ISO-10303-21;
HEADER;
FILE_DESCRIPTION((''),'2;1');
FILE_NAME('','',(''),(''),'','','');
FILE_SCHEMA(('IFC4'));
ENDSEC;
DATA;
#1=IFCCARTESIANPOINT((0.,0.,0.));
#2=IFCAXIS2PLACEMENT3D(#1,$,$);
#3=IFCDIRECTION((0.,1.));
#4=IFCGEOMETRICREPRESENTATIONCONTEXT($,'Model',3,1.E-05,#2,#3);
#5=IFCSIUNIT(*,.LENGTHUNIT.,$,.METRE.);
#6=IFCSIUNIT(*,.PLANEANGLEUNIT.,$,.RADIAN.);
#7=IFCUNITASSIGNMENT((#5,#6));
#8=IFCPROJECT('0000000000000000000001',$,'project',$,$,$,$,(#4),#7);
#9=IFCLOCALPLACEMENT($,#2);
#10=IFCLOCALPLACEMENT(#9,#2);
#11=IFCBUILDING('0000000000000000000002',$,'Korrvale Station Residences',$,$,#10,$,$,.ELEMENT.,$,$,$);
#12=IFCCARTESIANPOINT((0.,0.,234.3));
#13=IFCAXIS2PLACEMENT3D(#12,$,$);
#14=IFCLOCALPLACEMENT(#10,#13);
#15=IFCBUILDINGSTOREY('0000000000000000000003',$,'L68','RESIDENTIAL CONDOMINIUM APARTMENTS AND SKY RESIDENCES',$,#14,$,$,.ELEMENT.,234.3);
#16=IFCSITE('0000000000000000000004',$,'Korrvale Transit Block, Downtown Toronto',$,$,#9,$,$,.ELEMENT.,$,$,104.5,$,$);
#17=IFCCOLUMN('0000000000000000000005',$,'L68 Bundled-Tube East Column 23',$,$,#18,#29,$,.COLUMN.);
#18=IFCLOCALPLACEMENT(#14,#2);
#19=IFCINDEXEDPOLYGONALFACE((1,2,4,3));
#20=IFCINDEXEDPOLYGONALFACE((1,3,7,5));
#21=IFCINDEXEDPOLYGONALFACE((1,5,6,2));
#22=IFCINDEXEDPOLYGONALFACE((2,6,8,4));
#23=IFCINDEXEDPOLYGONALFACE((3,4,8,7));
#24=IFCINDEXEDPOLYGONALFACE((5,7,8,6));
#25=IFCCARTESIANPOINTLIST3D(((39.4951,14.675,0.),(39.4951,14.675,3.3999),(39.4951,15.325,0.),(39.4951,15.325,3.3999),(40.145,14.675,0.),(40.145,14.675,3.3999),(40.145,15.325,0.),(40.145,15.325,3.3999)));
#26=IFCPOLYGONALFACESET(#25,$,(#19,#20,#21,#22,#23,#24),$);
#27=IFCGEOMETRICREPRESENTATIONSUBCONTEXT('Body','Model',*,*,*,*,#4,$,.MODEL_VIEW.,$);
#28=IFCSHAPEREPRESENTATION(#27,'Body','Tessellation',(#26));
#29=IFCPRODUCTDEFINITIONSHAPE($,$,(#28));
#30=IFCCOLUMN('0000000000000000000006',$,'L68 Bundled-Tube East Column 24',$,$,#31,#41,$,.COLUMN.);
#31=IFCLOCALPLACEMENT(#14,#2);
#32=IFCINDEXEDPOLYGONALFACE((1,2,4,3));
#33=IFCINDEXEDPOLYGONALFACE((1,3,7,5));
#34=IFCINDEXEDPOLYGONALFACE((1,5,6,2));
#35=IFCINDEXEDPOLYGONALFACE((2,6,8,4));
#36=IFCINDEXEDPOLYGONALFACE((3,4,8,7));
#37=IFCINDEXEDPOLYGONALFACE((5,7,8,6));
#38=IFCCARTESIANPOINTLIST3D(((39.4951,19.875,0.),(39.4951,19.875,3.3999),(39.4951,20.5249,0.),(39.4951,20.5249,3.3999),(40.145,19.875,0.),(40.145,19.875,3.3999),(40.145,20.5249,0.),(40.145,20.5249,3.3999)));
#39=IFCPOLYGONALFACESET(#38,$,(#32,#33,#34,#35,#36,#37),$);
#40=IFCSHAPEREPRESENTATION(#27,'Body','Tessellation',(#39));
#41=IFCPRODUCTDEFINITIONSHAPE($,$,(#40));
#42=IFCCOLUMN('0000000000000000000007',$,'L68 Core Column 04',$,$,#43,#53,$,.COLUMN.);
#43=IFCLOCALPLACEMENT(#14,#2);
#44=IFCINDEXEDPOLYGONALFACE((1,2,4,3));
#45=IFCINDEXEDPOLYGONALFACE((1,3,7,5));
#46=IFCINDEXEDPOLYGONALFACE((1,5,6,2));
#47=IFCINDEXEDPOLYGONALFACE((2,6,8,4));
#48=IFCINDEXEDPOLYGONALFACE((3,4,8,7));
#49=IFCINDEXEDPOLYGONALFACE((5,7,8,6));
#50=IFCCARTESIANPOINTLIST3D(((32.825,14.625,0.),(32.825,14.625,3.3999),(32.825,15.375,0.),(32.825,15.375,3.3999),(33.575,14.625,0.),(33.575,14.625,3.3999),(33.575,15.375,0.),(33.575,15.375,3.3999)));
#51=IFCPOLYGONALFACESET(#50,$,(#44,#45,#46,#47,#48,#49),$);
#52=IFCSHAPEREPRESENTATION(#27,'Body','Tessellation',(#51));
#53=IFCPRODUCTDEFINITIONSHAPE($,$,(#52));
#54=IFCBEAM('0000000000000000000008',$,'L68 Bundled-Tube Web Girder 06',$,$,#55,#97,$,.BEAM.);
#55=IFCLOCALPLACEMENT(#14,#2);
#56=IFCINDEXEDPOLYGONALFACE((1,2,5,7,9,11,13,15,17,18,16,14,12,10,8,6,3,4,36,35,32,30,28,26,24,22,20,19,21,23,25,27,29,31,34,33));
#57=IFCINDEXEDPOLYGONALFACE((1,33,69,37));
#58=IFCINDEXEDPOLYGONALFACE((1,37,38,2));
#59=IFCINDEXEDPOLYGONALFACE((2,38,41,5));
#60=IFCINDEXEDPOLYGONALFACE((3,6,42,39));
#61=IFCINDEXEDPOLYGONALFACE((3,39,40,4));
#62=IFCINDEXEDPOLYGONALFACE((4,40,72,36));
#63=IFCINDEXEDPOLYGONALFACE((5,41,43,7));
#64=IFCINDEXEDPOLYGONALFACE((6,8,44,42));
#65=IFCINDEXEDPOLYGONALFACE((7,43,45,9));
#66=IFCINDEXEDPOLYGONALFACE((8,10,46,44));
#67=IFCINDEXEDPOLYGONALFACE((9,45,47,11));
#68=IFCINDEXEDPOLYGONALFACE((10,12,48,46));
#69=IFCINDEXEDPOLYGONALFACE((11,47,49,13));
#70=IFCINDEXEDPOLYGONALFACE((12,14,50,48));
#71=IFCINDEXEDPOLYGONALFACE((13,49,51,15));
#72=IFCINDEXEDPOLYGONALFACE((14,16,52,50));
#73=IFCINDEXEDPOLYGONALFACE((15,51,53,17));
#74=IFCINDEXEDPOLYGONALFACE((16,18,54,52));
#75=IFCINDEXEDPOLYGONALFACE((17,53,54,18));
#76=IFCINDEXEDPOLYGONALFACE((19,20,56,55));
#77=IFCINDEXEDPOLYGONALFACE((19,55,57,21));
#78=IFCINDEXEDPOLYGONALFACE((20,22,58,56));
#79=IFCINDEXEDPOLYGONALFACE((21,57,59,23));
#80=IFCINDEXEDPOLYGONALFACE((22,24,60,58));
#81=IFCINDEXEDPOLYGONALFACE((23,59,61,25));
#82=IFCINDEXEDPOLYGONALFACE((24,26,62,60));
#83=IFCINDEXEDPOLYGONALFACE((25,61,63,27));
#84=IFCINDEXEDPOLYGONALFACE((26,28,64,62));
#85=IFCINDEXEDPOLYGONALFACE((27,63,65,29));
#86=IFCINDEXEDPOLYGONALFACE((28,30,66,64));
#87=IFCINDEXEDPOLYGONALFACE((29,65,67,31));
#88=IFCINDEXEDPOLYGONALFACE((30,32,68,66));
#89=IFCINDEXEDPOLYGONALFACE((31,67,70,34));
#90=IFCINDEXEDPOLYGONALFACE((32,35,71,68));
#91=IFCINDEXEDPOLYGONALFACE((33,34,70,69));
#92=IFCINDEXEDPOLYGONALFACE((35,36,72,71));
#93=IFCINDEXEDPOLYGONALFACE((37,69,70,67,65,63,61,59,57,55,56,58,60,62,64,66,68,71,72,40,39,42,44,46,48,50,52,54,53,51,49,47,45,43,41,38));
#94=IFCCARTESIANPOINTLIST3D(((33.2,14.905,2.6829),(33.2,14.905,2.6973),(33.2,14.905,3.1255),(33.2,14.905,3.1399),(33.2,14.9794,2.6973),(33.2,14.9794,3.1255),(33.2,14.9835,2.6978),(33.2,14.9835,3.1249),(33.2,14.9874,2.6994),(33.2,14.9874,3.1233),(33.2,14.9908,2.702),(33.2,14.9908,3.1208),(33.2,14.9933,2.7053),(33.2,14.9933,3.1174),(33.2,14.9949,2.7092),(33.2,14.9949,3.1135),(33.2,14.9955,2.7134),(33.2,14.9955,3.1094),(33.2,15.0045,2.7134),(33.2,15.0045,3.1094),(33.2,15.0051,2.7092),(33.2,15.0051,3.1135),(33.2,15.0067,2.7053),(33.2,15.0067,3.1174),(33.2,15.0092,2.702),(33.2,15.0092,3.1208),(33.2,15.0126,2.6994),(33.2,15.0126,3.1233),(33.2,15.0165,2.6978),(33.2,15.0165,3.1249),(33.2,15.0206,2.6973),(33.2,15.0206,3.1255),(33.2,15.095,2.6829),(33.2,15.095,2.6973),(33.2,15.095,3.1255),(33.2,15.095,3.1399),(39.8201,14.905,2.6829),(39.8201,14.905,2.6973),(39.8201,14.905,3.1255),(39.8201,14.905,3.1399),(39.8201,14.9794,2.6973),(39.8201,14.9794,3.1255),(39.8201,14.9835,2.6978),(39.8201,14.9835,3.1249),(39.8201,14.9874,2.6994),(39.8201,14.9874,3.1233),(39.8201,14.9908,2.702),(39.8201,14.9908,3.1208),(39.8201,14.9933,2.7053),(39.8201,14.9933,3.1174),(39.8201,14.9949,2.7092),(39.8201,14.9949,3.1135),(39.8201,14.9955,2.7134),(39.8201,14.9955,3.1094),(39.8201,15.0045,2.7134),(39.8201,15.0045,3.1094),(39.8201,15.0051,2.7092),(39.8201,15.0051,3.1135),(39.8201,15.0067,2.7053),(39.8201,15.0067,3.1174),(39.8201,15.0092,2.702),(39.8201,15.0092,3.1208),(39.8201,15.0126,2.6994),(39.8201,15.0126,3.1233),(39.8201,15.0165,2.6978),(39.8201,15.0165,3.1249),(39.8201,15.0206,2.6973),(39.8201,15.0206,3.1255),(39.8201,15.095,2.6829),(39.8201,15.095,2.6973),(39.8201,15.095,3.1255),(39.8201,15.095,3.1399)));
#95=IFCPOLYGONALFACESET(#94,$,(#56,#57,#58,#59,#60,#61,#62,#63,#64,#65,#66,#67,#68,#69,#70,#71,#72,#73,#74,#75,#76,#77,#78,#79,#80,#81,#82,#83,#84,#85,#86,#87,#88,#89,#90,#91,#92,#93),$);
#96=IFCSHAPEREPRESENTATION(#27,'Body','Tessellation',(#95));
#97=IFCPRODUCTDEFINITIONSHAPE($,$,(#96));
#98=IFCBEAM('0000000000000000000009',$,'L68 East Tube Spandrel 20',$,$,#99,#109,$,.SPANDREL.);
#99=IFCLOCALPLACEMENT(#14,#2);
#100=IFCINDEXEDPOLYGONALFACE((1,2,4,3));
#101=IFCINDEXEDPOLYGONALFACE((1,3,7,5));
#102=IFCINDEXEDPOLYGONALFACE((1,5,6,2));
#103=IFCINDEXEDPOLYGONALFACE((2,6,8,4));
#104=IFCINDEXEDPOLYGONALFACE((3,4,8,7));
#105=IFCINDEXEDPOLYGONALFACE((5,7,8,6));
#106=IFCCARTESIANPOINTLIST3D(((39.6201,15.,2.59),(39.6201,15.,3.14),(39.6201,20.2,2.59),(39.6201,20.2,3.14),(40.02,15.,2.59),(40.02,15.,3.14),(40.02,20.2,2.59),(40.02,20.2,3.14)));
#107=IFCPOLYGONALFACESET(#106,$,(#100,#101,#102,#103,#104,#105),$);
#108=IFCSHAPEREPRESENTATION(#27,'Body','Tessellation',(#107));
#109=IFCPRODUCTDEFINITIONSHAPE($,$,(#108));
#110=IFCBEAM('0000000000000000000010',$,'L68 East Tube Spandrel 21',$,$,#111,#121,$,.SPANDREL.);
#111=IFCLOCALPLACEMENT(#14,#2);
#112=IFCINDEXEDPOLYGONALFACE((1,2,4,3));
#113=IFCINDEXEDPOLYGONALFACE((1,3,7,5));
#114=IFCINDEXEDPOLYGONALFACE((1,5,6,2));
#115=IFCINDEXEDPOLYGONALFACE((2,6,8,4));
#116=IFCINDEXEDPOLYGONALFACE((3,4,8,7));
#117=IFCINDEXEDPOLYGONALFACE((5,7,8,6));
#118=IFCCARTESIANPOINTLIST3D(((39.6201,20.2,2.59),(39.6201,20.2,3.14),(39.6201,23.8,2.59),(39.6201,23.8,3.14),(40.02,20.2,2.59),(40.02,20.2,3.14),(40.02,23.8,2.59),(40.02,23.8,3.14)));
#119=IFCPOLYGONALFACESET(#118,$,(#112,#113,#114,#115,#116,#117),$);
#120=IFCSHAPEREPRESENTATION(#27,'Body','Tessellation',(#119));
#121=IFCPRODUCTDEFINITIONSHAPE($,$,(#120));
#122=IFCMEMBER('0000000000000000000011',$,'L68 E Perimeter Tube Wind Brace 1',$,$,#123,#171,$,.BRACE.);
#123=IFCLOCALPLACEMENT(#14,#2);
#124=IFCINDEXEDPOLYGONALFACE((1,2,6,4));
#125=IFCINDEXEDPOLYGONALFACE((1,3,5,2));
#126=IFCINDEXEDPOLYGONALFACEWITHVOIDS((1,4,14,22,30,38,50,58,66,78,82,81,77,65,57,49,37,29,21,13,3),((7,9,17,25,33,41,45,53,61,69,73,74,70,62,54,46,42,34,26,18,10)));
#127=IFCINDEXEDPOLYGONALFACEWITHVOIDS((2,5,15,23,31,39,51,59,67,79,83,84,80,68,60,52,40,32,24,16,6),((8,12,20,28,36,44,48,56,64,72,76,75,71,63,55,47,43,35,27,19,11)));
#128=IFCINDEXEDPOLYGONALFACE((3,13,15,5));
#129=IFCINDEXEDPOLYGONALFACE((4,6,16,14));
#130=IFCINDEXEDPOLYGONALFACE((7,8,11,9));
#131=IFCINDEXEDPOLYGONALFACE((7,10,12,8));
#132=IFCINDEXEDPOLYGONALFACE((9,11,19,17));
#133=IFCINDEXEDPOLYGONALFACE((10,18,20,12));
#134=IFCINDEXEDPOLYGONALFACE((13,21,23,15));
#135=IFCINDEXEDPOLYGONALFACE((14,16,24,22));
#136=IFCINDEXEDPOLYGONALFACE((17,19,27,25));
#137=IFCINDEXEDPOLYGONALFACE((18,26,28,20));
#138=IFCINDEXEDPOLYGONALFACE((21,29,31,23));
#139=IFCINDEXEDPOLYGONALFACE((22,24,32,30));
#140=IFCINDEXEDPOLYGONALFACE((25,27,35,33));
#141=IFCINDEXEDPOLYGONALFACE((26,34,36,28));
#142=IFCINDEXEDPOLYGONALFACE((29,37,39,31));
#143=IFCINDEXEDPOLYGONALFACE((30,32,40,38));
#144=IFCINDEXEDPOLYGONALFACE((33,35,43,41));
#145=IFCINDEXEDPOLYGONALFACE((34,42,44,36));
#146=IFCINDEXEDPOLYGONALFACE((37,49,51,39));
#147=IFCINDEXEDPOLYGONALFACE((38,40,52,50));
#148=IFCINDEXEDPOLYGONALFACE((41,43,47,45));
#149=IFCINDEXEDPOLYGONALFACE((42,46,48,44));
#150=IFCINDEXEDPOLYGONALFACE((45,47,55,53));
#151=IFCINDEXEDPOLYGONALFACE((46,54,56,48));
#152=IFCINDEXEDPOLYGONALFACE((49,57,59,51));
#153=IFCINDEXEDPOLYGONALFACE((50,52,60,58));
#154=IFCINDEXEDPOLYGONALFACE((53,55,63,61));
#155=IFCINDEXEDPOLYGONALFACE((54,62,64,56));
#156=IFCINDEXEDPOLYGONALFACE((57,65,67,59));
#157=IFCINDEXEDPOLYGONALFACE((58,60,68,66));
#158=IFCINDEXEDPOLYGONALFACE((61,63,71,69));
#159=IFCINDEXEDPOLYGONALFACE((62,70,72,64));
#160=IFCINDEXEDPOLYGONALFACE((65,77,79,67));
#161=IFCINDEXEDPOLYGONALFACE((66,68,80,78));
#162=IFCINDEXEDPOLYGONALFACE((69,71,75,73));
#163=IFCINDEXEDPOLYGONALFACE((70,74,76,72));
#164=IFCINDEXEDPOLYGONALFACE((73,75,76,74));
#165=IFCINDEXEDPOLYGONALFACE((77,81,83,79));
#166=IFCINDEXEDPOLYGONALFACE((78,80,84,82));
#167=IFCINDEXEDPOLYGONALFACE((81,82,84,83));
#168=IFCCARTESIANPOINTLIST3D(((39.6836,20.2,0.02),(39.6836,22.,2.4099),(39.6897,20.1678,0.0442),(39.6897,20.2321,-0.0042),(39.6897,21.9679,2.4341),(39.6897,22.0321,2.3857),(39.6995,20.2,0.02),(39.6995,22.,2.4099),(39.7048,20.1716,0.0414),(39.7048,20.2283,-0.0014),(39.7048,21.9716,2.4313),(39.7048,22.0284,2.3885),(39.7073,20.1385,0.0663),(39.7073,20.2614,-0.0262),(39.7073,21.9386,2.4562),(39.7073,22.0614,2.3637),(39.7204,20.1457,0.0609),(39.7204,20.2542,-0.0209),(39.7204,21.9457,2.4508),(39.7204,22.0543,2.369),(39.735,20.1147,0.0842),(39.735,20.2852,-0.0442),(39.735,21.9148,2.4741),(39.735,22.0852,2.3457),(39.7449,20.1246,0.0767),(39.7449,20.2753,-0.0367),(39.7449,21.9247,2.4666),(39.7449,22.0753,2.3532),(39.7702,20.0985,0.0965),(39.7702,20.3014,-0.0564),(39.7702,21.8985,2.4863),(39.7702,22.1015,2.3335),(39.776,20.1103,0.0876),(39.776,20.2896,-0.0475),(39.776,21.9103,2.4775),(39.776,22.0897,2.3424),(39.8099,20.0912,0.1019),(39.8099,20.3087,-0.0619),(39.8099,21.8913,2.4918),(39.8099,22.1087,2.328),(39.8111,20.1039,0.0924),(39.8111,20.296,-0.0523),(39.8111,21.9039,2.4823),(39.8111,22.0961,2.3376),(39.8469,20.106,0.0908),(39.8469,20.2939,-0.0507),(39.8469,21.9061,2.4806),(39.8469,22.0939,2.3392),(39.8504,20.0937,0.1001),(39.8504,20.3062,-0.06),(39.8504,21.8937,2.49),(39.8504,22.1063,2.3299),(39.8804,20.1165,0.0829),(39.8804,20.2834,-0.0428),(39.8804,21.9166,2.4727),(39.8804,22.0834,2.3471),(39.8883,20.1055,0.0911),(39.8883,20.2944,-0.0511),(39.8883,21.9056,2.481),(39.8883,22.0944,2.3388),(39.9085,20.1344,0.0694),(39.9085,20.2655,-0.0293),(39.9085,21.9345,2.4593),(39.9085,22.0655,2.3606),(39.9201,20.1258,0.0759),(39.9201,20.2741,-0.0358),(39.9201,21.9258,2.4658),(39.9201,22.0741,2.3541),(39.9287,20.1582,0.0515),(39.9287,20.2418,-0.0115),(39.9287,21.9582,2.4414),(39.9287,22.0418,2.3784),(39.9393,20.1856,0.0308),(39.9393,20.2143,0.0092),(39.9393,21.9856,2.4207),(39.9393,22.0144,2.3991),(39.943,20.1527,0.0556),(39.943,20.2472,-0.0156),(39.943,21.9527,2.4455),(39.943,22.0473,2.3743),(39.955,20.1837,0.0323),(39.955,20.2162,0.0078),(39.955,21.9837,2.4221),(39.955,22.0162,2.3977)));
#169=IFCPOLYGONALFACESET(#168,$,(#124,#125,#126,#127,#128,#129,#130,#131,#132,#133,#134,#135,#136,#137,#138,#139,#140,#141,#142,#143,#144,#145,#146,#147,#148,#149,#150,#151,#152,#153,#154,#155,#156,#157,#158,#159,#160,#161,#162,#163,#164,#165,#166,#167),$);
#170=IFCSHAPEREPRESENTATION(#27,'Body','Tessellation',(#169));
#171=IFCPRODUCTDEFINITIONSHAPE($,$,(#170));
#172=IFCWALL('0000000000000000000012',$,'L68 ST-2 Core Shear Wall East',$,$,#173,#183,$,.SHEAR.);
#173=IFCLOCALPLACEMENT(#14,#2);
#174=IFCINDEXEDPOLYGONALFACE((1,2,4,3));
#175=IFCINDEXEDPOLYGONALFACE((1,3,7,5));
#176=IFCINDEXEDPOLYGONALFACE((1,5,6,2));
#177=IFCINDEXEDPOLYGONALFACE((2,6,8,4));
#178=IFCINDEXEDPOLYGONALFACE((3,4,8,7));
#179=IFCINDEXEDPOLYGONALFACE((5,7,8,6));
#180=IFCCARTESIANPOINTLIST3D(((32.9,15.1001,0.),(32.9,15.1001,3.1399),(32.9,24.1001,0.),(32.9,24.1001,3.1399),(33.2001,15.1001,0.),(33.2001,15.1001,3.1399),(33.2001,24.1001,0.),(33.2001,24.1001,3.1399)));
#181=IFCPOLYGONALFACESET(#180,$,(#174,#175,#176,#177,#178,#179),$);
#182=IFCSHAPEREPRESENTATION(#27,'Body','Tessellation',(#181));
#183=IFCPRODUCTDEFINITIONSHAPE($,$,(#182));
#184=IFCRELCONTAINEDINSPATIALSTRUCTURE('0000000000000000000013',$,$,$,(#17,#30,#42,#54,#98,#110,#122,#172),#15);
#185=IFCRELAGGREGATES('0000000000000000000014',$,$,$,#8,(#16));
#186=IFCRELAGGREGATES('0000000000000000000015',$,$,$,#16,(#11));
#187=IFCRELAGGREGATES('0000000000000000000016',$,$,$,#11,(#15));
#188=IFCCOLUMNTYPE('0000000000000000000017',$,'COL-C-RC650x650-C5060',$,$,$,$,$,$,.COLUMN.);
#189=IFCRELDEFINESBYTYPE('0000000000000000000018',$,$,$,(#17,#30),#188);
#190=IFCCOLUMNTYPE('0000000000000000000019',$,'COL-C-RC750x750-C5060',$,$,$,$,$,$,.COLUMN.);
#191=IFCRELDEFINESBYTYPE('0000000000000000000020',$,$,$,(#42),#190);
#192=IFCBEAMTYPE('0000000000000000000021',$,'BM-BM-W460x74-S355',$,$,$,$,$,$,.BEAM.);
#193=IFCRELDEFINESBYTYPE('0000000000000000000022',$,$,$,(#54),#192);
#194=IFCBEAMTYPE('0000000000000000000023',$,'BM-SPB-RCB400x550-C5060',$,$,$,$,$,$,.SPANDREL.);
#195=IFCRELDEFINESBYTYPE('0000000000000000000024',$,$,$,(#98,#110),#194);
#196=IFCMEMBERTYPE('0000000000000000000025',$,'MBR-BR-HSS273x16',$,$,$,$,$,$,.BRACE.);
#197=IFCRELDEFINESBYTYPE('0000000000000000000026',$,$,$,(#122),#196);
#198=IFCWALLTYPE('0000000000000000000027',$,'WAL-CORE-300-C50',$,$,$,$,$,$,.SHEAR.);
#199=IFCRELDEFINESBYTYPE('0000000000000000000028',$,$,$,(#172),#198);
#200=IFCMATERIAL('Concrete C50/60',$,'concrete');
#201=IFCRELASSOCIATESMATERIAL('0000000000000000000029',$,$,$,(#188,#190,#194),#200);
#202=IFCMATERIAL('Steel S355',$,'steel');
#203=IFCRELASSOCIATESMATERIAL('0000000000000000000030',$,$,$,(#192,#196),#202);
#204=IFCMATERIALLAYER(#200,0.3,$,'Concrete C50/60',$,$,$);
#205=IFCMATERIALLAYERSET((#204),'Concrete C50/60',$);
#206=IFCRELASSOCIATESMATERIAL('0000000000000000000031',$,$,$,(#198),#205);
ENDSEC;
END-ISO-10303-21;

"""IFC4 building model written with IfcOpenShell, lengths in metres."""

from ifc_helpers import new_model, si_unit, direction, frame, frame_2d, origin, origin_2d, place, context, subcontext, project, spatial, rectangle, hollow_circle, i_section, extrude, material, layer, layer_set, material_profile, profile_set, type_object, element, save


model = new_model("IFC4")

# Units and contexts
model_context = context("Model", 3, precision=1e-05, world=origin(), true_north=direction((0.0, 1.0)))
body_context = subcontext(model_context, "Body", "Model", "MODEL_VIEW")
ifc_project = project(units=[si_unit("LENGTHUNIT", "METRE"), si_unit("PLANEANGLEUNIT", "RADIAN")], contexts=[model_context])

# Site, building, storey
site_placement = place(None, origin())
site = spatial("IfcSite", under=ifc_project, at=site_placement, Name="Korrvale Transit Block, Downtown Toronto", CompositionType="ELEMENT", RefElevation=104.5)
building_placement = place(site_placement, origin())
building = spatial("IfcBuilding", under=site, at=building_placement, Name="Korrvale Station Residences", CompositionType="ELEMENT")
storey_placement = place(building_placement, frame((0.0, 0.0, 234.3)))
storey = spatial("IfcBuildingStorey", under=building, at=storey_placement, Name="L68", Description="RESIDENTIAL CONDOMINIUM APARTMENTS AND SKY RESIDENCES", CompositionType="ELEMENT", Elevation=234.3)

# Columns
ifc_material_1 = material(Name="Concrete C50/60", Category="concrete")
ifc_material_profile_1 = material_profile(ifc_material_1, rectangle(XDim=0.6499, YDim=0.6499, at=origin_2d()), Name="RC650x650")
ifc_profile_set_1 = profile_set([ifc_material_profile_1], Name="Concrete C50/60")
column_type_1 = type_object("IfcColumnType", Name="COL-C-RC650x650-C5060", PredefinedType="COLUMN", material=ifc_profile_set_1)
for number, where, z_axis, x_axis, name in (
    (1, (39.8201, 15.0, 0.0), (0.0, 0.0, 1.0), (1.0, 0.0, 0.0), "L68 Bundled-Tube East Column 23"),
    (2, (39.8201, 20.2, 0.0), (0.0, 0.0, 1.0), (1.0, 0.0, 0.0), "L68 Bundled-Tube East Column 24"),
):
    element("IfcColumn", number, at=place(storey_placement, frame(where, z_axis=z_axis, x_axis=x_axis)), inside=storey, type_object=column_type_1, Name=name, PredefinedType="COLUMN", context=body_context, shape_type="SweptSolid", body=[
        extrude(rectangle(XDim=0.6499, YDim=0.6499, at=origin_2d()), origin(), (0.0, 0.0, 1.0), 3.3999),
    ])
ifc_material_profile_2 = material_profile(ifc_material_1, rectangle(XDim=0.75, YDim=0.75, at=origin_2d()), Name="RC750x750")
ifc_profile_set_2 = profile_set([ifc_material_profile_2], Name="Concrete C50/60")
column_type_2 = type_object("IfcColumnType", Name="COL-C-RC750x750-C5060", PredefinedType="COLUMN", material=ifc_profile_set_2)
column_placement = place(storey_placement, frame((33.2, 15.0, 0.0), z_axis=(0.0, 0.0, 1.0), x_axis=(1.0, 0.0, 0.0)))
element("IfcColumn", 3, at=column_placement, inside=storey, type_object=column_type_2, Name="L68 Core Column 04", PredefinedType="COLUMN", context=body_context, shape_type="SweptSolid", body=[
    extrude(rectangle(XDim=0.75, YDim=0.75, at=origin_2d()), origin(), (0.0, 0.0, 1.0), 3.3999),
])

# Beams
ifc_material_2 = material(Name="Steel S355", Category="steel")
ifc_material_profile_3 = material_profile(ifc_material_2, i_section(OverallWidth=0.1899, OverallDepth=0.457, WebThickness=0.009, FlangeThickness=0.0144, FilletRadius=0.0161, at=origin_2d()), Name="W460x74")
ifc_profile_set_3 = profile_set([ifc_material_profile_3], Name="Steel S355")
beam_type_1 = type_object("IfcBeamType", Name="BM-BM-W460x74-S355", PredefinedType="BEAM", material=ifc_profile_set_3)
beam_1_placement = place(storey_placement, frame((33.2, 15.0, 2.9114), z_axis=(1.0, 0.0, 0.0), x_axis=(0.0, 1.0, 0.0)))
element("IfcBeam", 4, at=beam_1_placement, inside=storey, type_object=beam_type_1, Name="L68 Bundled-Tube Web Girder 06", PredefinedType="BEAM", context=body_context, shape_type="SweptSolid", body=[
    extrude(i_section(OverallWidth=0.1899, OverallDepth=0.457, WebThickness=0.009, FlangeThickness=0.0144, FilletRadius=0.0161, at=origin_2d()), origin(), (0.0, 0.0, 1.0), 6.6201),
])
ifc_material_profile_4 = material_profile(ifc_material_1, rectangle(XDim=0.3999, YDim=0.55, at=origin_2d()), Name="RCB400x550")
ifc_profile_set_4 = profile_set([ifc_material_profile_4], Name="Concrete C50/60")
beam_type_2 = type_object("IfcBeamType", Name="BM-SPB-RCB400x550-C5060", PredefinedType="SPANDREL", material=ifc_profile_set_4)
beam_2_placement = place(storey_placement, frame((39.8201, 15.0, 2.865), z_axis=(0.0, 1.0, 0.0), x_axis=(-1.0, 0.0, 0.0)))
element("IfcBeam", 5, at=beam_2_placement, inside=storey, type_object=beam_type_2, Name="L68 East Tube Spandrel 20", PredefinedType="SPANDREL", context=body_context, shape_type="SweptSolid", body=[
    extrude(rectangle(XDim=0.3999, YDim=0.55, at=origin_2d()), origin(), (0.0, 0.0, 1.0), 5.2),
])
beam_3_placement = place(storey_placement, frame((39.8201, 20.2, 2.865), z_axis=(0.0, 1.0, 0.0), x_axis=(-1.0, 0.0, 0.0)))
element("IfcBeam", 6, at=beam_3_placement, inside=storey, type_object=beam_type_2, Name="L68 East Tube Spandrel 21", PredefinedType="SPANDREL", context=body_context, shape_type="SweptSolid", body=[
    extrude(rectangle(XDim=0.3999, YDim=0.55, at=origin_2d()), origin(), (0.0, 0.0, 1.0), 3.6001),
])

# Member
ifc_material_profile_5 = material_profile(ifc_material_2, hollow_circle(Radius=0.1365, WallThickness=0.0159, at=origin_2d()), Name="HSS273x16")
ifc_profile_set_5 = profile_set([ifc_material_profile_5], Name="Steel S355")
member_type = type_object("IfcMemberType", Name="MBR-BR-HSS273x16", PredefinedType="BRACE", material=ifc_profile_set_5)
member_placement = place(storey_placement, frame((39.8201, 20.2, 0.02), z_axis=(0.0, 0.601631, 0.798774), x_axis=(-1.0, 0.0, 0.0)))
element("IfcMember", 7, at=member_placement, inside=storey, type_object=member_type, Name="L68 E Perimeter Tube Wind Brace 1", PredefinedType="BRACE", context=body_context, shape_type="SweptSolid", body=[
    extrude(hollow_circle(Radius=0.1365, WallThickness=0.0159, at=origin_2d()), origin(), (0.0, 0.0, 1.0), 2.9919),
])

# Wall
ifc_layer_1 = layer(ifc_material_1, 0.3, Name="Concrete C50/60")
ifc_layer_set_1 = layer_set([ifc_layer_1], Name="Concrete C50/60")
wall_type_1 = type_object("IfcWallType", Name="WAL-CORE-300-C50", PredefinedType="SHEAR", material=ifc_layer_set_1)
wall_1_placement = place(storey_placement, frame((33.05, 15.1001, 0.0), z_axis=(0.0, 0.0, 1.0), x_axis=(0.0, 1.0, 0.0)))
element("IfcWall", 8, at=wall_1_placement, inside=storey, type_object=wall_type_1, Name="L68 ST-2 Core Shear Wall East", PredefinedType="SHEAR", context=body_context, shape_type="SweptSolid", body=[
    extrude(rectangle(XDim=9.0, YDim=0.3, at=frame_2d((4.5, 0.0))), origin(), (0.0, 0.0, 1.0), 3.1399),
])

save(model, "model.ifc")
